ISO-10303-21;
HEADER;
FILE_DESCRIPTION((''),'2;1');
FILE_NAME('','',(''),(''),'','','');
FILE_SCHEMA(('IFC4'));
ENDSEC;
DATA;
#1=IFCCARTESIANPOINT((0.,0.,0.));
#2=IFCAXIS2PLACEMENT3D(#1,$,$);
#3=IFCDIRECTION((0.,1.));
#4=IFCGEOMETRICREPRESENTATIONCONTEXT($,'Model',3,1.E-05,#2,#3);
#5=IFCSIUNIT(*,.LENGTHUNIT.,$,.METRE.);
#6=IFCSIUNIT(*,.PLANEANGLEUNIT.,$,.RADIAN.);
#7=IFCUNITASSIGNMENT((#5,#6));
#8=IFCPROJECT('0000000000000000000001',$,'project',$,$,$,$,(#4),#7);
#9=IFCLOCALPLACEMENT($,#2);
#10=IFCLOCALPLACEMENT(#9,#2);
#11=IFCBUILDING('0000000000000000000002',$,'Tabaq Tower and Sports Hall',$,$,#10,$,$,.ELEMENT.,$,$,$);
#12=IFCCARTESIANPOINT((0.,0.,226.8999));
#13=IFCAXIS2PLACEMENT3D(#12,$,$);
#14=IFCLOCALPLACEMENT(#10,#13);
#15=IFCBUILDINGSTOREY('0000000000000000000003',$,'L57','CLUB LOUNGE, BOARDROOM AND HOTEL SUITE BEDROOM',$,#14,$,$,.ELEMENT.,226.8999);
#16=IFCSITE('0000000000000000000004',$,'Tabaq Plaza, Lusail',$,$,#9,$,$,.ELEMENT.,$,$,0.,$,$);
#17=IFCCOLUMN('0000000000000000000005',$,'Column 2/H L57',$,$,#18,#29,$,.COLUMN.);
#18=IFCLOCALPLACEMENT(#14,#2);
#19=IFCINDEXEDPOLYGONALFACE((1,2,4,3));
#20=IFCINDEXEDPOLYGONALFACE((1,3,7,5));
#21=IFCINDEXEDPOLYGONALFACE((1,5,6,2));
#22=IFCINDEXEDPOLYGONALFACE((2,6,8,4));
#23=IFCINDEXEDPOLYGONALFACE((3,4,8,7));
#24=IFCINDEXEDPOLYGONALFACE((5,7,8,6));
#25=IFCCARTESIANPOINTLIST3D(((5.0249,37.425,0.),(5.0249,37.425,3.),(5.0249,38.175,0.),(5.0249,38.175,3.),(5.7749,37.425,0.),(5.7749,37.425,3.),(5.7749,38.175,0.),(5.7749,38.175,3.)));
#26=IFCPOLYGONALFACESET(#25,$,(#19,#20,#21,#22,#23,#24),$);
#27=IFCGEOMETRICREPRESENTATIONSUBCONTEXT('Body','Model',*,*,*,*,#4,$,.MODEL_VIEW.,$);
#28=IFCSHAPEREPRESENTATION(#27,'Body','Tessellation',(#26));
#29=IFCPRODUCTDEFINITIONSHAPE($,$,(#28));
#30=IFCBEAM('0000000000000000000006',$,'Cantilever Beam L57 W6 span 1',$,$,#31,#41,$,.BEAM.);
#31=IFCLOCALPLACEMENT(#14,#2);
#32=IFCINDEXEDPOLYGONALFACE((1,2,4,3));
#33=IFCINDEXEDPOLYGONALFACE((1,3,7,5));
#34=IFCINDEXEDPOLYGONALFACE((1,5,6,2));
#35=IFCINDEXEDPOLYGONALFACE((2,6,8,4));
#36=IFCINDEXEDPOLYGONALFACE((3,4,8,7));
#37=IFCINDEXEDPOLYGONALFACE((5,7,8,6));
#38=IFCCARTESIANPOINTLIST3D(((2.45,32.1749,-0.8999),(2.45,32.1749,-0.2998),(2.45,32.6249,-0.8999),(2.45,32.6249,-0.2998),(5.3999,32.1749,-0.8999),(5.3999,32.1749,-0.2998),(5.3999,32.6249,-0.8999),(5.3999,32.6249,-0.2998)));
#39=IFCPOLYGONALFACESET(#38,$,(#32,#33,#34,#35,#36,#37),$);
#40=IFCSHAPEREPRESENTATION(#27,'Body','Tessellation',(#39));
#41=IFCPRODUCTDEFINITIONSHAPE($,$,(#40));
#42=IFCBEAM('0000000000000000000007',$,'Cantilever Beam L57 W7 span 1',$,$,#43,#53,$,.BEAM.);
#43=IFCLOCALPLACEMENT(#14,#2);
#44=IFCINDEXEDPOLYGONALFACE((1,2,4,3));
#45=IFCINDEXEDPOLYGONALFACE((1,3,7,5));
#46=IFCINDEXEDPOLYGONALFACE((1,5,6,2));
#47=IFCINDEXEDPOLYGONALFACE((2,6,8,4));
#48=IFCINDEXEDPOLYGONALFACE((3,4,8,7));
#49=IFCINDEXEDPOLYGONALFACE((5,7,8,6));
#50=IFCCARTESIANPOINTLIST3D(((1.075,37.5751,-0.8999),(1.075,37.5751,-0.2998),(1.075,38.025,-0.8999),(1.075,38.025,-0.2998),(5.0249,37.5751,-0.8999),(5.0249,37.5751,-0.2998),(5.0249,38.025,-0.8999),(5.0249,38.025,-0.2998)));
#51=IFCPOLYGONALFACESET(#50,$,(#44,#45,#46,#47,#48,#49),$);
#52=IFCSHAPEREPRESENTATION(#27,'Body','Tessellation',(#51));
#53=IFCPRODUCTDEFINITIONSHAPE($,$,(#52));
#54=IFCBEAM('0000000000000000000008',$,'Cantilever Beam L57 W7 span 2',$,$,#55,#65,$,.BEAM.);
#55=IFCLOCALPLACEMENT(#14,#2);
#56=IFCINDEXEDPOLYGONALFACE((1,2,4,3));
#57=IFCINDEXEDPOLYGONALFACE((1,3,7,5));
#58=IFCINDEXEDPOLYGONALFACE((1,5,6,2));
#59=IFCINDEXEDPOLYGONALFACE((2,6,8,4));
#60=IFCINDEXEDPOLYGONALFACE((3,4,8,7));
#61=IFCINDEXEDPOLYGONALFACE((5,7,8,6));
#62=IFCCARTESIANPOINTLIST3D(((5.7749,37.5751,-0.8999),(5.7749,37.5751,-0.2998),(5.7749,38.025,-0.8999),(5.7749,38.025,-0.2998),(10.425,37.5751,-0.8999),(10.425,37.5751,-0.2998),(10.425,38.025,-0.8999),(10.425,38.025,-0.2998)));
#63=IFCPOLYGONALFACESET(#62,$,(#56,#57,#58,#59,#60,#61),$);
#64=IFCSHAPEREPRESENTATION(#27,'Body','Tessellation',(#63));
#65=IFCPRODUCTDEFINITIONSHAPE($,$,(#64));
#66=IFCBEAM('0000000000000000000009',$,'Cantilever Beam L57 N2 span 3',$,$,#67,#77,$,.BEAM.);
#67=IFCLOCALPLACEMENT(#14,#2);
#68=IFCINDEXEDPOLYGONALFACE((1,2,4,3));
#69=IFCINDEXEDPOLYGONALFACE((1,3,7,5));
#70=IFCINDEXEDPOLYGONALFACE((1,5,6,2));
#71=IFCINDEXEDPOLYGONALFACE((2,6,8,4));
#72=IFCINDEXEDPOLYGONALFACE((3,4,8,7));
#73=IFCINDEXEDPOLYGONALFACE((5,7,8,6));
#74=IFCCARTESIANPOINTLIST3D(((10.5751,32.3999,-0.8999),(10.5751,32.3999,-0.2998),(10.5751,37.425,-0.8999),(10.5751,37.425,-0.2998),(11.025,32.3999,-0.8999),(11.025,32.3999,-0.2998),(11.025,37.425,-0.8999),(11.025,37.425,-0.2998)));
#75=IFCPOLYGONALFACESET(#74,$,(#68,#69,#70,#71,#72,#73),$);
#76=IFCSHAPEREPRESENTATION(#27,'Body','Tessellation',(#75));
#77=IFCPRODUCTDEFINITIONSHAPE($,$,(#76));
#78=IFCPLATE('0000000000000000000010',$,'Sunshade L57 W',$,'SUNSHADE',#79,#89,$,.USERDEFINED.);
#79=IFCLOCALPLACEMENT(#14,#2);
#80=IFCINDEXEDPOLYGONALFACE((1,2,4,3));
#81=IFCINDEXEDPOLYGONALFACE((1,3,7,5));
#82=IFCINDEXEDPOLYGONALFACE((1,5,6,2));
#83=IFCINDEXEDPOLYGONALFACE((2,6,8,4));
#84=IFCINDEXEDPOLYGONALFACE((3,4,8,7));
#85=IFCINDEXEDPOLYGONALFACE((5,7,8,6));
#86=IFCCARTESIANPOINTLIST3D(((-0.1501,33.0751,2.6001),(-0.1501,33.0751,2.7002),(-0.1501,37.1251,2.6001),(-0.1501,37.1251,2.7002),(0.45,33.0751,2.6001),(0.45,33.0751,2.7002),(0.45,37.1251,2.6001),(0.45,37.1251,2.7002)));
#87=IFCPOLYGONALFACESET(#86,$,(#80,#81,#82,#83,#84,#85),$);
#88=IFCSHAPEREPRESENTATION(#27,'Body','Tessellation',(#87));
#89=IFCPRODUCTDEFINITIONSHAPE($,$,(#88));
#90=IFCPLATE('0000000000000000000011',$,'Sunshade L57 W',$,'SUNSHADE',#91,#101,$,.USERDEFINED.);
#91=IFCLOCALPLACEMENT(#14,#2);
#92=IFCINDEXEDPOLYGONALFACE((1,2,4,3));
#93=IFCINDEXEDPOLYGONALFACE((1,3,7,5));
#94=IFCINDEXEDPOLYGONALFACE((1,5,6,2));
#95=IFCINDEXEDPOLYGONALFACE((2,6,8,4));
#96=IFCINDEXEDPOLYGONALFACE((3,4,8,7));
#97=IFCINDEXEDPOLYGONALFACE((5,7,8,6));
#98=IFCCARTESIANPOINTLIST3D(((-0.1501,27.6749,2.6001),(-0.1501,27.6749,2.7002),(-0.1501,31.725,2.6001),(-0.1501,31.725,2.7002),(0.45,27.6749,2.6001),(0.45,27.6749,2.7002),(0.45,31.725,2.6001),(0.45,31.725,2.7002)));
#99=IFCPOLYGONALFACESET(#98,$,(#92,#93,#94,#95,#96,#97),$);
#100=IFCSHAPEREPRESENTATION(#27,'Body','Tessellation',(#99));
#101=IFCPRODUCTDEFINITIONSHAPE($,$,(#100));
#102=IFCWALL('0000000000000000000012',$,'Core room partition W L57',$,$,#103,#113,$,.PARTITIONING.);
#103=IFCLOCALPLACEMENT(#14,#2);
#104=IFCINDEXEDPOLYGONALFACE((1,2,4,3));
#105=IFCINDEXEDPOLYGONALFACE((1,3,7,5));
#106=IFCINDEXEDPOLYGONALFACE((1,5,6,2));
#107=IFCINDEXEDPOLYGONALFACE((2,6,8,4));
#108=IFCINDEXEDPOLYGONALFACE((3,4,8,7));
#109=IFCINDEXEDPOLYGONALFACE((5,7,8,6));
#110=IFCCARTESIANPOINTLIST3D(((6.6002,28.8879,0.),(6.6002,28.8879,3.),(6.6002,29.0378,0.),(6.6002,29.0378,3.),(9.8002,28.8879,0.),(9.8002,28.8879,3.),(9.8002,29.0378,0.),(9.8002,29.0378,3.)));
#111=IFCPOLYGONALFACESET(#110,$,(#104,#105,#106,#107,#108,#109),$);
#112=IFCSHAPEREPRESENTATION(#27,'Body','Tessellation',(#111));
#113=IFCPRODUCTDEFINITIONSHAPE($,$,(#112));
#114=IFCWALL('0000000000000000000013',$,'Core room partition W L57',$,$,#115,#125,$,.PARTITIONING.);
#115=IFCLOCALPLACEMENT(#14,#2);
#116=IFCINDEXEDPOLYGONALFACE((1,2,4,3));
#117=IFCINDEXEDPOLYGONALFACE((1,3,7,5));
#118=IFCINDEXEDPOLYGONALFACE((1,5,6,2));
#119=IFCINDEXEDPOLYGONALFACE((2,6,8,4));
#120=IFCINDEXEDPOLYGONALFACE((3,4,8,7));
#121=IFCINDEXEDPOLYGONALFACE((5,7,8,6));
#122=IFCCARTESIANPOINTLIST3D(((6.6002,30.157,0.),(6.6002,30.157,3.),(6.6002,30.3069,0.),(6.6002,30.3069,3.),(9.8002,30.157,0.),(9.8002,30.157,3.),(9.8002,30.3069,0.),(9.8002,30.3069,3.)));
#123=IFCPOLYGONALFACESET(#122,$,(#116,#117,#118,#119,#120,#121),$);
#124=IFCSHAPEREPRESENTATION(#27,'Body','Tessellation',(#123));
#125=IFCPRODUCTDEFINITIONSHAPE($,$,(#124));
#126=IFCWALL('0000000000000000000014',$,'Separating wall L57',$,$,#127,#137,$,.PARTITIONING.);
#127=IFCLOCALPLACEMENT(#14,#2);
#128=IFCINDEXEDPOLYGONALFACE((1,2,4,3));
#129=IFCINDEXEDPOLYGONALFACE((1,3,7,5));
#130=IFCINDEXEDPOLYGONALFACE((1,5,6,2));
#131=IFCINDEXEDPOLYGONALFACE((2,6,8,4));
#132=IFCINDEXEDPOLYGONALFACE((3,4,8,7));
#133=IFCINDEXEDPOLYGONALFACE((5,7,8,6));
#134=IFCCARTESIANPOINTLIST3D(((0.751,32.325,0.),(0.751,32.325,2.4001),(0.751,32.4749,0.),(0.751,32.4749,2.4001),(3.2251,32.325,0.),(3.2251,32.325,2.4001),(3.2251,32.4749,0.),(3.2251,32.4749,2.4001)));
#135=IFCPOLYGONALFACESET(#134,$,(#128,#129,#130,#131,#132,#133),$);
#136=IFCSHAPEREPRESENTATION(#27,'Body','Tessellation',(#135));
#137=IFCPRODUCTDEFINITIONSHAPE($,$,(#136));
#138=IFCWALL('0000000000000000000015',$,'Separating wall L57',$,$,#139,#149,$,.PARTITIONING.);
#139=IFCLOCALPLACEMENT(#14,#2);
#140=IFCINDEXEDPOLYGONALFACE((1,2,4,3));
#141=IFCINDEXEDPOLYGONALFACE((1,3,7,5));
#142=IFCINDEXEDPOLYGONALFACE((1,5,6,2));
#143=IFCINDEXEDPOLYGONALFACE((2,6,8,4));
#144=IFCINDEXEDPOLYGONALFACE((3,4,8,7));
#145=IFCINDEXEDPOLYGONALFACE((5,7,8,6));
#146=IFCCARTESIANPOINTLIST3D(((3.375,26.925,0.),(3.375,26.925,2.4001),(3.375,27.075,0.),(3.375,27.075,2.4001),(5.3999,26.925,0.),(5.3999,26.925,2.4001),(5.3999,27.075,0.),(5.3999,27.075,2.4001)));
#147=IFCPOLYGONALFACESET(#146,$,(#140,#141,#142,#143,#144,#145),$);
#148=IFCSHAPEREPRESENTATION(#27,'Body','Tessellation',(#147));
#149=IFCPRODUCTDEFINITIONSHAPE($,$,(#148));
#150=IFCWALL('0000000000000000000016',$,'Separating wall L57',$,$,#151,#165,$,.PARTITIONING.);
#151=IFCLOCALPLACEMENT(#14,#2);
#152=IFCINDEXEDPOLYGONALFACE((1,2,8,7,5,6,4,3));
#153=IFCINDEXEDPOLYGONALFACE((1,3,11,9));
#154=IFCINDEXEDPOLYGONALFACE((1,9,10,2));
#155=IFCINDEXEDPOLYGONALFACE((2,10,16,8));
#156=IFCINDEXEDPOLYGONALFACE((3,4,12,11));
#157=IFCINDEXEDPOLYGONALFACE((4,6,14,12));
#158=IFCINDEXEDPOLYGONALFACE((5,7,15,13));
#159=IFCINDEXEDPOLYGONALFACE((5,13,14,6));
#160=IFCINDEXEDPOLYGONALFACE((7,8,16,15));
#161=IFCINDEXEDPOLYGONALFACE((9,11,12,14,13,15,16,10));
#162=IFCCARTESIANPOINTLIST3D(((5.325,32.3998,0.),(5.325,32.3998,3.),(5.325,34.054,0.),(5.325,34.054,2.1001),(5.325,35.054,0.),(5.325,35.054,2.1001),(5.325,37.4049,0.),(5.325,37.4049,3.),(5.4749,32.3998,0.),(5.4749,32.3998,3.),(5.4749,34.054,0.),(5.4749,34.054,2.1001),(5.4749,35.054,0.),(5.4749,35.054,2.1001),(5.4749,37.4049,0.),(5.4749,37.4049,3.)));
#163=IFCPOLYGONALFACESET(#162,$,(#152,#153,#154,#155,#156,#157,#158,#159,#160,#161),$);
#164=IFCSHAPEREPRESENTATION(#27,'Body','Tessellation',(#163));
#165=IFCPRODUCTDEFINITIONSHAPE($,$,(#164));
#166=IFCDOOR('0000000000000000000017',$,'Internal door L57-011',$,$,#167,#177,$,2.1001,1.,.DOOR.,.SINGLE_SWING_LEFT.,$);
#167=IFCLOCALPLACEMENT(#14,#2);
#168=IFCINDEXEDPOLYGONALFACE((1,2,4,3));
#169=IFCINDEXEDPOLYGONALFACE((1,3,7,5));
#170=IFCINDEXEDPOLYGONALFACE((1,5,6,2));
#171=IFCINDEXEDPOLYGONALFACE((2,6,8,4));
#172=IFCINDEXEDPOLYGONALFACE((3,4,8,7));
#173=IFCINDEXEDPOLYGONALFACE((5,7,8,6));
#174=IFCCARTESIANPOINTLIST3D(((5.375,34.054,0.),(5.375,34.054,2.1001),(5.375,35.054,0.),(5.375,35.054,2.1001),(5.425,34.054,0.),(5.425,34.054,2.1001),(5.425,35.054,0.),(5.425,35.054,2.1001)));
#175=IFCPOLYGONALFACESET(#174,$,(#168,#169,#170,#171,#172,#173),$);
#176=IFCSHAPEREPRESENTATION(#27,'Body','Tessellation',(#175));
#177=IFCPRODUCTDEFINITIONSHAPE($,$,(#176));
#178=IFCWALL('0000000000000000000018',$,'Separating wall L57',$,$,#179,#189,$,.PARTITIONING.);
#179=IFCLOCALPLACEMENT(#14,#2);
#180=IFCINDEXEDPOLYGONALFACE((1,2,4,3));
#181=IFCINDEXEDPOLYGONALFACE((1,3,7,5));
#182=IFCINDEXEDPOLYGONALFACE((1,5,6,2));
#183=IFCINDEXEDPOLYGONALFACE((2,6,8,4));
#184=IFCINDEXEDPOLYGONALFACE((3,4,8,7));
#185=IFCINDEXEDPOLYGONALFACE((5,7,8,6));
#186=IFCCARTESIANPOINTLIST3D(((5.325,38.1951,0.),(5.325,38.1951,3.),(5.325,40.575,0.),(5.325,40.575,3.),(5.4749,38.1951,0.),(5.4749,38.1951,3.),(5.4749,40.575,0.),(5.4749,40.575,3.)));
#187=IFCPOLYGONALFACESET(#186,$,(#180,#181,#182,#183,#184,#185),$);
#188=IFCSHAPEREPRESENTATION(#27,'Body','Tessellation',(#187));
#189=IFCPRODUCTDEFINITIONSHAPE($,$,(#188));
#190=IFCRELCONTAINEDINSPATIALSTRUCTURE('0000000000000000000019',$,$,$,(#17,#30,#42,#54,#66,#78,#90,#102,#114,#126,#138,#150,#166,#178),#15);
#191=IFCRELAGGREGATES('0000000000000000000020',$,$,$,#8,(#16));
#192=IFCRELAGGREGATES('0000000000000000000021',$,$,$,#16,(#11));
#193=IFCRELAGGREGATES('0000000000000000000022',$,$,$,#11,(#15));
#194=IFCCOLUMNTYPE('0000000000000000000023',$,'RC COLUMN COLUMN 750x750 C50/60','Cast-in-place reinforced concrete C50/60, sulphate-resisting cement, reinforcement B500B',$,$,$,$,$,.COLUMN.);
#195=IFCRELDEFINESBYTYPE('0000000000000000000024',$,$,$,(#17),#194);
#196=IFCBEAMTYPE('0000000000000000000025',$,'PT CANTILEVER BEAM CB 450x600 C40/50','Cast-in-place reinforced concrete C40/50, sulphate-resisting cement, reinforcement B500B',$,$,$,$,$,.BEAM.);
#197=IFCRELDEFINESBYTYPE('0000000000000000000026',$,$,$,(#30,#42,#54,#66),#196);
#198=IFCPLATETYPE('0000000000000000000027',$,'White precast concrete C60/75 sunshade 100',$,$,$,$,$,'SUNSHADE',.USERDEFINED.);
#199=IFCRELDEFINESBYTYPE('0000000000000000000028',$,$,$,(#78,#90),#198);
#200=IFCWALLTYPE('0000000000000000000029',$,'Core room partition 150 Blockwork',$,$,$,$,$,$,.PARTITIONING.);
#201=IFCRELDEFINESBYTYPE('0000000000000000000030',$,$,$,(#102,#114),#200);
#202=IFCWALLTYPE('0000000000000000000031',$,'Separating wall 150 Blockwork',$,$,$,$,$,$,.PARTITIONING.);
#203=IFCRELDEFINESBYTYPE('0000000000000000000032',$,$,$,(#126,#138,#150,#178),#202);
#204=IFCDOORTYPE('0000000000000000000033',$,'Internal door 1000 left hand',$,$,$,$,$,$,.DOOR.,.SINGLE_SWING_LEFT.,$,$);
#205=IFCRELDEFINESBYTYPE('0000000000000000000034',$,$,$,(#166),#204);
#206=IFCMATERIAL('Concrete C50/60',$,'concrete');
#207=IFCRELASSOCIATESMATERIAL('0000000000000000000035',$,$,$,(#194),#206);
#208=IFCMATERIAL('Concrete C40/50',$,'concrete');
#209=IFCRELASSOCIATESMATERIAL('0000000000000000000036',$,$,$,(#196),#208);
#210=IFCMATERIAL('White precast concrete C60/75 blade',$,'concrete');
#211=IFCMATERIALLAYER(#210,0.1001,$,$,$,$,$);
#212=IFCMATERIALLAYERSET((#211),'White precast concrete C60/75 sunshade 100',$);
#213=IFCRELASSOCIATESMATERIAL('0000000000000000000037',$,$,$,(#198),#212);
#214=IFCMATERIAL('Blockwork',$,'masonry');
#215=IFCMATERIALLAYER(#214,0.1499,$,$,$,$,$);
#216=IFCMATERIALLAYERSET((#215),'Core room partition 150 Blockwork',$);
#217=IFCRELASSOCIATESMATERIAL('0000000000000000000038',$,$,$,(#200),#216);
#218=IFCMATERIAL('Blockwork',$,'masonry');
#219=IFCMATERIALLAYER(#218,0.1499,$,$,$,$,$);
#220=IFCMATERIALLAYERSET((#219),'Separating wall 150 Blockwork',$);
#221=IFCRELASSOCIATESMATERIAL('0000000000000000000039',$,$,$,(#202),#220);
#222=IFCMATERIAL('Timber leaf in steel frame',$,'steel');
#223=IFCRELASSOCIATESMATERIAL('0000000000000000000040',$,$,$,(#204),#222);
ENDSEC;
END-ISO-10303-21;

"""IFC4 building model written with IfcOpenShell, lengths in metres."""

from ifc_helpers import new_model, si_unit, direction, frame, frame_2d, origin, origin_2d, place, context, subcontext, project, spatial, rectangle, extrude, material, layer, layer_set, material_profile, profile_set, type_object, element, fill, save


model = new_model("IFC4")

# Units and contexts
model_context = context("Model", 3, precision=1e-05, world=origin(), true_north=direction((0.0, 1.0)))
body_context = subcontext(model_context, "Body", "Model", "MODEL_VIEW")
ifc_project = project(units=[si_unit("LENGTHUNIT", "METRE"), si_unit("PLANEANGLEUNIT", "RADIAN")], contexts=[model_context])

# Site, building, storey
site_placement = place(None, origin())
site = spatial("IfcSite", under=ifc_project, at=site_placement, Name="Tabaq Plaza, Lusail", CompositionType="ELEMENT", RefElevation=0.0)
building_placement = place(site_placement, origin())
building = spatial("IfcBuilding", under=site, at=building_placement, Name="Tabaq Tower and Sports Hall", CompositionType="ELEMENT")
storey_placement = place(building_placement, frame((0.0, 0.0, 226.8999)))
storey = spatial("IfcBuildingStorey", under=building, at=storey_placement, Name="L57", Description="CLUB LOUNGE, BOARDROOM AND HOTEL SUITE BEDROOM", CompositionType="ELEMENT", Elevation=226.8999)

# Column
ifc_material_1 = material(Name="Concrete C50/60", Category="concrete")
ifc_material_profile_1 = material_profile(ifc_material_1, rectangle(XDim=0.75, YDim=0.75, at=origin_2d()), Name="COLUMN 750x750")
ifc_profile_set_1 = profile_set([ifc_material_profile_1], Name="Concrete C50/60")
column_type = type_object("IfcColumnType", Name="RC COLUMN COLUMN 750x750 C50/60", Description="Cast-in-place reinforced concrete C50/60, sulphate-resisting cement, reinforcement B500B", PredefinedType="COLUMN", material=ifc_profile_set_1)
column_placement = place(storey_placement, frame((5.3999, 37.8, 0.0), z_axis=(0.0, 0.0, 1.0), x_axis=(1.0, 0.0, 0.0)))
element("IfcColumn", 1, at=column_placement, inside=storey, type_object=column_type, Name="Column 2/H L57", PredefinedType="COLUMN", context=body_context, shape_type="SweptSolid", body=[
    extrude(rectangle(XDim=0.75, YDim=0.75, at=origin_2d()), origin(), (0.0, 0.0, 1.0), 3.0),
])

# Beams
ifc_material_2 = material(Name="Concrete C40/50", Category="concrete")
ifc_material_profile_2 = material_profile(ifc_material_2, rectangle(XDim=0.45, YDim=0.6001, at=origin_2d()), Name="CB 450x600")
ifc_profile_set_2 = profile_set([ifc_material_profile_2], Name="Concrete C40/50")
beam_type = type_object("IfcBeamType", Name="PT CANTILEVER BEAM CB 450x600 C40/50", Description="Cast-in-place reinforced concrete C40/50, sulphate-resisting cement, reinforcement B500B", PredefinedType="BEAM", material=ifc_profile_set_2)
beam_1_placement = place(storey_placement, frame((2.45, 32.3999, -0.5999), z_axis=(1.0, 0.0, 0.0), x_axis=(0.0, 1.0, 0.0)))
element("IfcBeam", 2, at=beam_1_placement, inside=storey, type_object=beam_type, Name="Cantilever Beam L57 W6 span 1", PredefinedType="BEAM", context=body_context, shape_type="SweptSolid", body=[
    extrude(rectangle(XDim=0.45, YDim=0.6001, at=origin_2d()), origin(), (0.0, 0.0, 1.0), 2.95),
])
beam_2_placement = place(storey_placement, frame((1.075, 37.8, -0.5999), z_axis=(1.0, 0.0, 0.0), x_axis=(0.0, 1.0, 0.0)))
element("IfcBeam", 3, at=beam_2_placement, inside=storey, type_object=beam_type, Name="Cantilever Beam L57 W7 span 1", PredefinedType="BEAM", context=body_context, shape_type="SweptSolid", body=[
    extrude(rectangle(XDim=0.45, YDim=0.6001, at=origin_2d()), origin(), (0.0, 0.0, 1.0), 3.95),
])
beam_3_placement = place(storey_placement, frame((5.7749, 37.8, -0.5999), z_axis=(1.0, 0.0, 0.0), x_axis=(0.0, 1.0, 0.0)))
element("IfcBeam", 4, at=beam_3_placement, inside=storey, type_object=beam_type, Name="Cantilever Beam L57 W7 span 2", PredefinedType="BEAM", context=body_context, shape_type="SweptSolid", body=[
    extrude(rectangle(XDim=0.45, YDim=0.6001, at=origin_2d()), origin(), (0.0, 0.0, 1.0), 4.6501),
])
beam_4_placement = place(storey_placement, frame((10.8, 37.425, -0.5999), z_axis=(0.0, -1.0, 0.0), x_axis=(1.0, 0.0, 0.0)))
element("IfcBeam", 5, at=beam_4_placement, inside=storey, type_object=beam_type, Name="Cantilever Beam L57 N2 span 3", PredefinedType="BEAM", context=body_context, shape_type="SweptSolid", body=[
    extrude(rectangle(XDim=0.45, YDim=0.6001, at=origin_2d()), origin(), (0.0, 0.0, 1.0), 5.0251),
])

# Plates
ifc_material_3 = material(Name="White precast concrete C60/75 blade", Category="concrete")
ifc_layer_1 = layer(ifc_material_3, 0.1001)
ifc_layer_set_1 = layer_set([ifc_layer_1], Name="White precast concrete C60/75 sunshade 100")
plate_type = type_object("IfcPlateType", Name="White precast concrete C60/75 sunshade 100", ElementType="SUNSHADE", PredefinedType="USERDEFINED", material=ifc_layer_set_1)
for number, where, z_axis, x_axis, name in (
    (6, (0.1499, 35.1001, 2.6001), (0.0, 0.0, 1.0), (0.0, -1.0, 0.0), "Sunshade L57 W"),
    (7, (0.1499, 29.7, 2.6001), (0.0, 0.0, 1.0), (0.0, -1.0, 0.0), "Sunshade L57 W"),
):
    element("IfcPlate", number, at=place(storey_placement, frame(where, z_axis=z_axis, x_axis=x_axis)), inside=storey, type_object=plate_type, Name=name, ObjectType="SUNSHADE", PredefinedType="USERDEFINED", context=body_context, shape_type="SweptSolid", body=[
        extrude(rectangle(XDim=4.05, YDim=0.6001, at=origin_2d()), origin(), (0.0, 0.0, 1.0), 0.1001),
    ])

# Walls
ifc_material_4 = material(Name="Blockwork", Category="masonry")
ifc_layer_2 = layer(ifc_material_4, 0.1499)
ifc_layer_set_2 = layer_set([ifc_layer_2], Name="Core room partition 150 Blockwork")
wall_type_1 = type_object("IfcWallType", Name="Core room partition 150 Blockwork", PredefinedType="PARTITIONING", material=ifc_layer_set_2)
for number, where, z_axis, x_axis, name in (
    (8, (6.6001, 28.9629, 0.0), (0.0, 0.0, 1.0), (1.0, 0.0, 0.0), "Core room partition W L57"),
    (9, (6.6001, 30.2319, 0.0), (0.0, 0.0, 1.0), (1.0, 0.0, 0.0), "Core room partition W L57"),
):
    element("IfcWall", number, at=place(storey_placement, frame(where, z_axis=z_axis, x_axis=x_axis)), inside=storey, type_object=wall_type_1, Name=name, PredefinedType="PARTITIONING", context=body_context, shape_type="SweptSolid", body=[
        extrude(rectangle(XDim=3.2, YDim=0.1499, at=frame_2d((1.6001, 0.0))), origin(), (0.0, 0.0, 1.0), 3.0),
    ])

# Walls
ifc_material_5 = material(Name="Blockwork", Category="masonry")
ifc_layer_3 = layer(ifc_material_5, 0.1499)
ifc_layer_set_3 = layer_set([ifc_layer_3], Name="Separating wall 150 Blockwork")
wall_type_2 = type_object("IfcWallType", Name="Separating wall 150 Blockwork", PredefinedType="PARTITIONING", material=ifc_layer_set_3)
wall_1_placement = place(storey_placement, frame((0.751, 32.3999, 0.0), z_axis=(0.0, 0.0, 1.0), x_axis=(1.0, 0.0, 0.0)))
element("IfcWall", 10, at=wall_1_placement, inside=storey, type_object=wall_type_2, Name="Separating wall L57", PredefinedType="PARTITIONING", context=body_context, shape_type="SweptSolid", body=[
    extrude(rectangle(XDim=2.4741, YDim=0.1499, at=frame_2d((1.2371, 0.0))), origin(), (0.0, 0.0, 1.0), 2.4001),
])
wall_2_placement = place(storey_placement, frame((3.375, 27.0, 0.0), z_axis=(0.0, 0.0, 1.0), x_axis=(1.0, 0.0, 0.0)))
element("IfcWall", 11, at=wall_2_placement, inside=storey, type_object=wall_type_2, Name="Separating wall L57", PredefinedType="PARTITIONING", context=body_context, shape_type="SweptSolid", body=[
    extrude(rectangle(XDim=2.0249, YDim=0.1499, at=frame_2d((1.0125, 0.0))), origin(), (0.0, 0.0, 1.0), 2.4001),
])

# Wall, opening, door
wall_3_placement = place(storey_placement, frame((5.3999, 32.3999, 0.0), z_axis=(0.0, 0.0, 1.0), x_axis=(0.0, 1.0, 0.0)))
wall_3 = element("IfcWall", 12, at=wall_3_placement, inside=storey, type_object=wall_type_2, Name="Separating wall L57", PredefinedType="PARTITIONING", context=body_context, shape_type="SweptSolid", body=[
    extrude(rectangle(XDim=5.0051, YDim=0.1499, at=frame_2d((2.5024, 0.0))), origin(), (0.0, 0.0, 1.0), 3.0),
])
opening_1_placement = place(wall_3_placement, frame((1.6541, 0.0, 0.0)))
opening_1 = element("IfcOpeningElement", 13, at=opening_1_placement, cuts=wall_3, PredefinedType="OPENING", context=body_context, shape_type="SweptSolid", body=[
    extrude(rectangle(XDim=1.0, YDim=2.1001, at=frame_2d((0.5, 1.05))), frame((0.0, 0.075, 0.0), z_axis=(0.0, -1.0, 0.0), x_axis=(1.0, 0.0, 0.0)), (0.0, 0.0, 1.0), 0.1499),
])
ifc_material_6 = material(Name="Timber leaf in steel frame", Category="steel")
door_type_1 = type_object("IfcDoorType", Name="Internal door 1000 left hand", OperationType="SINGLE_SWING_LEFT", PredefinedType="DOOR", material=ifc_material_6)
door_1_placement = place(opening_1_placement, origin())
door_1 = element("IfcDoor", 14, at=door_1_placement, inside=storey, type_object=door_type_1, Name="Internal door L57-011", OperationType="SINGLE_SWING_LEFT", OverallHeight=2.1001, OverallWidth=1.0, PredefinedType="DOOR", context=body_context, shape_type="SweptSolid", body=[
    extrude(rectangle(XDim=1.0, YDim=2.1001, at=frame_2d((0.5, 1.05))), frame((0.0, 0.0249, 0.0), z_axis=(0.0, -1.0, 0.0), x_axis=(1.0, 0.0, 0.0)), (0.0, 0.0, 1.0), 0.05),
])
fill(opening_1, door_1)

# Wall
wall_4_placement = place(storey_placement, frame((5.3999, 38.1951, 0.0), z_axis=(0.0, 0.0, 1.0), x_axis=(0.0, 1.0, 0.0)))
element("IfcWall", 15, at=wall_4_placement, inside=storey, type_object=wall_type_2, Name="Separating wall L57", PredefinedType="PARTITIONING", context=body_context, shape_type="SweptSolid", body=[
    extrude(rectangle(XDim=2.3799, YDim=0.1499, at=frame_2d((1.1899, 0.0))), origin(), (0.0, 0.0, 1.0), 3.0),
])

save(model, "model.ifc")
